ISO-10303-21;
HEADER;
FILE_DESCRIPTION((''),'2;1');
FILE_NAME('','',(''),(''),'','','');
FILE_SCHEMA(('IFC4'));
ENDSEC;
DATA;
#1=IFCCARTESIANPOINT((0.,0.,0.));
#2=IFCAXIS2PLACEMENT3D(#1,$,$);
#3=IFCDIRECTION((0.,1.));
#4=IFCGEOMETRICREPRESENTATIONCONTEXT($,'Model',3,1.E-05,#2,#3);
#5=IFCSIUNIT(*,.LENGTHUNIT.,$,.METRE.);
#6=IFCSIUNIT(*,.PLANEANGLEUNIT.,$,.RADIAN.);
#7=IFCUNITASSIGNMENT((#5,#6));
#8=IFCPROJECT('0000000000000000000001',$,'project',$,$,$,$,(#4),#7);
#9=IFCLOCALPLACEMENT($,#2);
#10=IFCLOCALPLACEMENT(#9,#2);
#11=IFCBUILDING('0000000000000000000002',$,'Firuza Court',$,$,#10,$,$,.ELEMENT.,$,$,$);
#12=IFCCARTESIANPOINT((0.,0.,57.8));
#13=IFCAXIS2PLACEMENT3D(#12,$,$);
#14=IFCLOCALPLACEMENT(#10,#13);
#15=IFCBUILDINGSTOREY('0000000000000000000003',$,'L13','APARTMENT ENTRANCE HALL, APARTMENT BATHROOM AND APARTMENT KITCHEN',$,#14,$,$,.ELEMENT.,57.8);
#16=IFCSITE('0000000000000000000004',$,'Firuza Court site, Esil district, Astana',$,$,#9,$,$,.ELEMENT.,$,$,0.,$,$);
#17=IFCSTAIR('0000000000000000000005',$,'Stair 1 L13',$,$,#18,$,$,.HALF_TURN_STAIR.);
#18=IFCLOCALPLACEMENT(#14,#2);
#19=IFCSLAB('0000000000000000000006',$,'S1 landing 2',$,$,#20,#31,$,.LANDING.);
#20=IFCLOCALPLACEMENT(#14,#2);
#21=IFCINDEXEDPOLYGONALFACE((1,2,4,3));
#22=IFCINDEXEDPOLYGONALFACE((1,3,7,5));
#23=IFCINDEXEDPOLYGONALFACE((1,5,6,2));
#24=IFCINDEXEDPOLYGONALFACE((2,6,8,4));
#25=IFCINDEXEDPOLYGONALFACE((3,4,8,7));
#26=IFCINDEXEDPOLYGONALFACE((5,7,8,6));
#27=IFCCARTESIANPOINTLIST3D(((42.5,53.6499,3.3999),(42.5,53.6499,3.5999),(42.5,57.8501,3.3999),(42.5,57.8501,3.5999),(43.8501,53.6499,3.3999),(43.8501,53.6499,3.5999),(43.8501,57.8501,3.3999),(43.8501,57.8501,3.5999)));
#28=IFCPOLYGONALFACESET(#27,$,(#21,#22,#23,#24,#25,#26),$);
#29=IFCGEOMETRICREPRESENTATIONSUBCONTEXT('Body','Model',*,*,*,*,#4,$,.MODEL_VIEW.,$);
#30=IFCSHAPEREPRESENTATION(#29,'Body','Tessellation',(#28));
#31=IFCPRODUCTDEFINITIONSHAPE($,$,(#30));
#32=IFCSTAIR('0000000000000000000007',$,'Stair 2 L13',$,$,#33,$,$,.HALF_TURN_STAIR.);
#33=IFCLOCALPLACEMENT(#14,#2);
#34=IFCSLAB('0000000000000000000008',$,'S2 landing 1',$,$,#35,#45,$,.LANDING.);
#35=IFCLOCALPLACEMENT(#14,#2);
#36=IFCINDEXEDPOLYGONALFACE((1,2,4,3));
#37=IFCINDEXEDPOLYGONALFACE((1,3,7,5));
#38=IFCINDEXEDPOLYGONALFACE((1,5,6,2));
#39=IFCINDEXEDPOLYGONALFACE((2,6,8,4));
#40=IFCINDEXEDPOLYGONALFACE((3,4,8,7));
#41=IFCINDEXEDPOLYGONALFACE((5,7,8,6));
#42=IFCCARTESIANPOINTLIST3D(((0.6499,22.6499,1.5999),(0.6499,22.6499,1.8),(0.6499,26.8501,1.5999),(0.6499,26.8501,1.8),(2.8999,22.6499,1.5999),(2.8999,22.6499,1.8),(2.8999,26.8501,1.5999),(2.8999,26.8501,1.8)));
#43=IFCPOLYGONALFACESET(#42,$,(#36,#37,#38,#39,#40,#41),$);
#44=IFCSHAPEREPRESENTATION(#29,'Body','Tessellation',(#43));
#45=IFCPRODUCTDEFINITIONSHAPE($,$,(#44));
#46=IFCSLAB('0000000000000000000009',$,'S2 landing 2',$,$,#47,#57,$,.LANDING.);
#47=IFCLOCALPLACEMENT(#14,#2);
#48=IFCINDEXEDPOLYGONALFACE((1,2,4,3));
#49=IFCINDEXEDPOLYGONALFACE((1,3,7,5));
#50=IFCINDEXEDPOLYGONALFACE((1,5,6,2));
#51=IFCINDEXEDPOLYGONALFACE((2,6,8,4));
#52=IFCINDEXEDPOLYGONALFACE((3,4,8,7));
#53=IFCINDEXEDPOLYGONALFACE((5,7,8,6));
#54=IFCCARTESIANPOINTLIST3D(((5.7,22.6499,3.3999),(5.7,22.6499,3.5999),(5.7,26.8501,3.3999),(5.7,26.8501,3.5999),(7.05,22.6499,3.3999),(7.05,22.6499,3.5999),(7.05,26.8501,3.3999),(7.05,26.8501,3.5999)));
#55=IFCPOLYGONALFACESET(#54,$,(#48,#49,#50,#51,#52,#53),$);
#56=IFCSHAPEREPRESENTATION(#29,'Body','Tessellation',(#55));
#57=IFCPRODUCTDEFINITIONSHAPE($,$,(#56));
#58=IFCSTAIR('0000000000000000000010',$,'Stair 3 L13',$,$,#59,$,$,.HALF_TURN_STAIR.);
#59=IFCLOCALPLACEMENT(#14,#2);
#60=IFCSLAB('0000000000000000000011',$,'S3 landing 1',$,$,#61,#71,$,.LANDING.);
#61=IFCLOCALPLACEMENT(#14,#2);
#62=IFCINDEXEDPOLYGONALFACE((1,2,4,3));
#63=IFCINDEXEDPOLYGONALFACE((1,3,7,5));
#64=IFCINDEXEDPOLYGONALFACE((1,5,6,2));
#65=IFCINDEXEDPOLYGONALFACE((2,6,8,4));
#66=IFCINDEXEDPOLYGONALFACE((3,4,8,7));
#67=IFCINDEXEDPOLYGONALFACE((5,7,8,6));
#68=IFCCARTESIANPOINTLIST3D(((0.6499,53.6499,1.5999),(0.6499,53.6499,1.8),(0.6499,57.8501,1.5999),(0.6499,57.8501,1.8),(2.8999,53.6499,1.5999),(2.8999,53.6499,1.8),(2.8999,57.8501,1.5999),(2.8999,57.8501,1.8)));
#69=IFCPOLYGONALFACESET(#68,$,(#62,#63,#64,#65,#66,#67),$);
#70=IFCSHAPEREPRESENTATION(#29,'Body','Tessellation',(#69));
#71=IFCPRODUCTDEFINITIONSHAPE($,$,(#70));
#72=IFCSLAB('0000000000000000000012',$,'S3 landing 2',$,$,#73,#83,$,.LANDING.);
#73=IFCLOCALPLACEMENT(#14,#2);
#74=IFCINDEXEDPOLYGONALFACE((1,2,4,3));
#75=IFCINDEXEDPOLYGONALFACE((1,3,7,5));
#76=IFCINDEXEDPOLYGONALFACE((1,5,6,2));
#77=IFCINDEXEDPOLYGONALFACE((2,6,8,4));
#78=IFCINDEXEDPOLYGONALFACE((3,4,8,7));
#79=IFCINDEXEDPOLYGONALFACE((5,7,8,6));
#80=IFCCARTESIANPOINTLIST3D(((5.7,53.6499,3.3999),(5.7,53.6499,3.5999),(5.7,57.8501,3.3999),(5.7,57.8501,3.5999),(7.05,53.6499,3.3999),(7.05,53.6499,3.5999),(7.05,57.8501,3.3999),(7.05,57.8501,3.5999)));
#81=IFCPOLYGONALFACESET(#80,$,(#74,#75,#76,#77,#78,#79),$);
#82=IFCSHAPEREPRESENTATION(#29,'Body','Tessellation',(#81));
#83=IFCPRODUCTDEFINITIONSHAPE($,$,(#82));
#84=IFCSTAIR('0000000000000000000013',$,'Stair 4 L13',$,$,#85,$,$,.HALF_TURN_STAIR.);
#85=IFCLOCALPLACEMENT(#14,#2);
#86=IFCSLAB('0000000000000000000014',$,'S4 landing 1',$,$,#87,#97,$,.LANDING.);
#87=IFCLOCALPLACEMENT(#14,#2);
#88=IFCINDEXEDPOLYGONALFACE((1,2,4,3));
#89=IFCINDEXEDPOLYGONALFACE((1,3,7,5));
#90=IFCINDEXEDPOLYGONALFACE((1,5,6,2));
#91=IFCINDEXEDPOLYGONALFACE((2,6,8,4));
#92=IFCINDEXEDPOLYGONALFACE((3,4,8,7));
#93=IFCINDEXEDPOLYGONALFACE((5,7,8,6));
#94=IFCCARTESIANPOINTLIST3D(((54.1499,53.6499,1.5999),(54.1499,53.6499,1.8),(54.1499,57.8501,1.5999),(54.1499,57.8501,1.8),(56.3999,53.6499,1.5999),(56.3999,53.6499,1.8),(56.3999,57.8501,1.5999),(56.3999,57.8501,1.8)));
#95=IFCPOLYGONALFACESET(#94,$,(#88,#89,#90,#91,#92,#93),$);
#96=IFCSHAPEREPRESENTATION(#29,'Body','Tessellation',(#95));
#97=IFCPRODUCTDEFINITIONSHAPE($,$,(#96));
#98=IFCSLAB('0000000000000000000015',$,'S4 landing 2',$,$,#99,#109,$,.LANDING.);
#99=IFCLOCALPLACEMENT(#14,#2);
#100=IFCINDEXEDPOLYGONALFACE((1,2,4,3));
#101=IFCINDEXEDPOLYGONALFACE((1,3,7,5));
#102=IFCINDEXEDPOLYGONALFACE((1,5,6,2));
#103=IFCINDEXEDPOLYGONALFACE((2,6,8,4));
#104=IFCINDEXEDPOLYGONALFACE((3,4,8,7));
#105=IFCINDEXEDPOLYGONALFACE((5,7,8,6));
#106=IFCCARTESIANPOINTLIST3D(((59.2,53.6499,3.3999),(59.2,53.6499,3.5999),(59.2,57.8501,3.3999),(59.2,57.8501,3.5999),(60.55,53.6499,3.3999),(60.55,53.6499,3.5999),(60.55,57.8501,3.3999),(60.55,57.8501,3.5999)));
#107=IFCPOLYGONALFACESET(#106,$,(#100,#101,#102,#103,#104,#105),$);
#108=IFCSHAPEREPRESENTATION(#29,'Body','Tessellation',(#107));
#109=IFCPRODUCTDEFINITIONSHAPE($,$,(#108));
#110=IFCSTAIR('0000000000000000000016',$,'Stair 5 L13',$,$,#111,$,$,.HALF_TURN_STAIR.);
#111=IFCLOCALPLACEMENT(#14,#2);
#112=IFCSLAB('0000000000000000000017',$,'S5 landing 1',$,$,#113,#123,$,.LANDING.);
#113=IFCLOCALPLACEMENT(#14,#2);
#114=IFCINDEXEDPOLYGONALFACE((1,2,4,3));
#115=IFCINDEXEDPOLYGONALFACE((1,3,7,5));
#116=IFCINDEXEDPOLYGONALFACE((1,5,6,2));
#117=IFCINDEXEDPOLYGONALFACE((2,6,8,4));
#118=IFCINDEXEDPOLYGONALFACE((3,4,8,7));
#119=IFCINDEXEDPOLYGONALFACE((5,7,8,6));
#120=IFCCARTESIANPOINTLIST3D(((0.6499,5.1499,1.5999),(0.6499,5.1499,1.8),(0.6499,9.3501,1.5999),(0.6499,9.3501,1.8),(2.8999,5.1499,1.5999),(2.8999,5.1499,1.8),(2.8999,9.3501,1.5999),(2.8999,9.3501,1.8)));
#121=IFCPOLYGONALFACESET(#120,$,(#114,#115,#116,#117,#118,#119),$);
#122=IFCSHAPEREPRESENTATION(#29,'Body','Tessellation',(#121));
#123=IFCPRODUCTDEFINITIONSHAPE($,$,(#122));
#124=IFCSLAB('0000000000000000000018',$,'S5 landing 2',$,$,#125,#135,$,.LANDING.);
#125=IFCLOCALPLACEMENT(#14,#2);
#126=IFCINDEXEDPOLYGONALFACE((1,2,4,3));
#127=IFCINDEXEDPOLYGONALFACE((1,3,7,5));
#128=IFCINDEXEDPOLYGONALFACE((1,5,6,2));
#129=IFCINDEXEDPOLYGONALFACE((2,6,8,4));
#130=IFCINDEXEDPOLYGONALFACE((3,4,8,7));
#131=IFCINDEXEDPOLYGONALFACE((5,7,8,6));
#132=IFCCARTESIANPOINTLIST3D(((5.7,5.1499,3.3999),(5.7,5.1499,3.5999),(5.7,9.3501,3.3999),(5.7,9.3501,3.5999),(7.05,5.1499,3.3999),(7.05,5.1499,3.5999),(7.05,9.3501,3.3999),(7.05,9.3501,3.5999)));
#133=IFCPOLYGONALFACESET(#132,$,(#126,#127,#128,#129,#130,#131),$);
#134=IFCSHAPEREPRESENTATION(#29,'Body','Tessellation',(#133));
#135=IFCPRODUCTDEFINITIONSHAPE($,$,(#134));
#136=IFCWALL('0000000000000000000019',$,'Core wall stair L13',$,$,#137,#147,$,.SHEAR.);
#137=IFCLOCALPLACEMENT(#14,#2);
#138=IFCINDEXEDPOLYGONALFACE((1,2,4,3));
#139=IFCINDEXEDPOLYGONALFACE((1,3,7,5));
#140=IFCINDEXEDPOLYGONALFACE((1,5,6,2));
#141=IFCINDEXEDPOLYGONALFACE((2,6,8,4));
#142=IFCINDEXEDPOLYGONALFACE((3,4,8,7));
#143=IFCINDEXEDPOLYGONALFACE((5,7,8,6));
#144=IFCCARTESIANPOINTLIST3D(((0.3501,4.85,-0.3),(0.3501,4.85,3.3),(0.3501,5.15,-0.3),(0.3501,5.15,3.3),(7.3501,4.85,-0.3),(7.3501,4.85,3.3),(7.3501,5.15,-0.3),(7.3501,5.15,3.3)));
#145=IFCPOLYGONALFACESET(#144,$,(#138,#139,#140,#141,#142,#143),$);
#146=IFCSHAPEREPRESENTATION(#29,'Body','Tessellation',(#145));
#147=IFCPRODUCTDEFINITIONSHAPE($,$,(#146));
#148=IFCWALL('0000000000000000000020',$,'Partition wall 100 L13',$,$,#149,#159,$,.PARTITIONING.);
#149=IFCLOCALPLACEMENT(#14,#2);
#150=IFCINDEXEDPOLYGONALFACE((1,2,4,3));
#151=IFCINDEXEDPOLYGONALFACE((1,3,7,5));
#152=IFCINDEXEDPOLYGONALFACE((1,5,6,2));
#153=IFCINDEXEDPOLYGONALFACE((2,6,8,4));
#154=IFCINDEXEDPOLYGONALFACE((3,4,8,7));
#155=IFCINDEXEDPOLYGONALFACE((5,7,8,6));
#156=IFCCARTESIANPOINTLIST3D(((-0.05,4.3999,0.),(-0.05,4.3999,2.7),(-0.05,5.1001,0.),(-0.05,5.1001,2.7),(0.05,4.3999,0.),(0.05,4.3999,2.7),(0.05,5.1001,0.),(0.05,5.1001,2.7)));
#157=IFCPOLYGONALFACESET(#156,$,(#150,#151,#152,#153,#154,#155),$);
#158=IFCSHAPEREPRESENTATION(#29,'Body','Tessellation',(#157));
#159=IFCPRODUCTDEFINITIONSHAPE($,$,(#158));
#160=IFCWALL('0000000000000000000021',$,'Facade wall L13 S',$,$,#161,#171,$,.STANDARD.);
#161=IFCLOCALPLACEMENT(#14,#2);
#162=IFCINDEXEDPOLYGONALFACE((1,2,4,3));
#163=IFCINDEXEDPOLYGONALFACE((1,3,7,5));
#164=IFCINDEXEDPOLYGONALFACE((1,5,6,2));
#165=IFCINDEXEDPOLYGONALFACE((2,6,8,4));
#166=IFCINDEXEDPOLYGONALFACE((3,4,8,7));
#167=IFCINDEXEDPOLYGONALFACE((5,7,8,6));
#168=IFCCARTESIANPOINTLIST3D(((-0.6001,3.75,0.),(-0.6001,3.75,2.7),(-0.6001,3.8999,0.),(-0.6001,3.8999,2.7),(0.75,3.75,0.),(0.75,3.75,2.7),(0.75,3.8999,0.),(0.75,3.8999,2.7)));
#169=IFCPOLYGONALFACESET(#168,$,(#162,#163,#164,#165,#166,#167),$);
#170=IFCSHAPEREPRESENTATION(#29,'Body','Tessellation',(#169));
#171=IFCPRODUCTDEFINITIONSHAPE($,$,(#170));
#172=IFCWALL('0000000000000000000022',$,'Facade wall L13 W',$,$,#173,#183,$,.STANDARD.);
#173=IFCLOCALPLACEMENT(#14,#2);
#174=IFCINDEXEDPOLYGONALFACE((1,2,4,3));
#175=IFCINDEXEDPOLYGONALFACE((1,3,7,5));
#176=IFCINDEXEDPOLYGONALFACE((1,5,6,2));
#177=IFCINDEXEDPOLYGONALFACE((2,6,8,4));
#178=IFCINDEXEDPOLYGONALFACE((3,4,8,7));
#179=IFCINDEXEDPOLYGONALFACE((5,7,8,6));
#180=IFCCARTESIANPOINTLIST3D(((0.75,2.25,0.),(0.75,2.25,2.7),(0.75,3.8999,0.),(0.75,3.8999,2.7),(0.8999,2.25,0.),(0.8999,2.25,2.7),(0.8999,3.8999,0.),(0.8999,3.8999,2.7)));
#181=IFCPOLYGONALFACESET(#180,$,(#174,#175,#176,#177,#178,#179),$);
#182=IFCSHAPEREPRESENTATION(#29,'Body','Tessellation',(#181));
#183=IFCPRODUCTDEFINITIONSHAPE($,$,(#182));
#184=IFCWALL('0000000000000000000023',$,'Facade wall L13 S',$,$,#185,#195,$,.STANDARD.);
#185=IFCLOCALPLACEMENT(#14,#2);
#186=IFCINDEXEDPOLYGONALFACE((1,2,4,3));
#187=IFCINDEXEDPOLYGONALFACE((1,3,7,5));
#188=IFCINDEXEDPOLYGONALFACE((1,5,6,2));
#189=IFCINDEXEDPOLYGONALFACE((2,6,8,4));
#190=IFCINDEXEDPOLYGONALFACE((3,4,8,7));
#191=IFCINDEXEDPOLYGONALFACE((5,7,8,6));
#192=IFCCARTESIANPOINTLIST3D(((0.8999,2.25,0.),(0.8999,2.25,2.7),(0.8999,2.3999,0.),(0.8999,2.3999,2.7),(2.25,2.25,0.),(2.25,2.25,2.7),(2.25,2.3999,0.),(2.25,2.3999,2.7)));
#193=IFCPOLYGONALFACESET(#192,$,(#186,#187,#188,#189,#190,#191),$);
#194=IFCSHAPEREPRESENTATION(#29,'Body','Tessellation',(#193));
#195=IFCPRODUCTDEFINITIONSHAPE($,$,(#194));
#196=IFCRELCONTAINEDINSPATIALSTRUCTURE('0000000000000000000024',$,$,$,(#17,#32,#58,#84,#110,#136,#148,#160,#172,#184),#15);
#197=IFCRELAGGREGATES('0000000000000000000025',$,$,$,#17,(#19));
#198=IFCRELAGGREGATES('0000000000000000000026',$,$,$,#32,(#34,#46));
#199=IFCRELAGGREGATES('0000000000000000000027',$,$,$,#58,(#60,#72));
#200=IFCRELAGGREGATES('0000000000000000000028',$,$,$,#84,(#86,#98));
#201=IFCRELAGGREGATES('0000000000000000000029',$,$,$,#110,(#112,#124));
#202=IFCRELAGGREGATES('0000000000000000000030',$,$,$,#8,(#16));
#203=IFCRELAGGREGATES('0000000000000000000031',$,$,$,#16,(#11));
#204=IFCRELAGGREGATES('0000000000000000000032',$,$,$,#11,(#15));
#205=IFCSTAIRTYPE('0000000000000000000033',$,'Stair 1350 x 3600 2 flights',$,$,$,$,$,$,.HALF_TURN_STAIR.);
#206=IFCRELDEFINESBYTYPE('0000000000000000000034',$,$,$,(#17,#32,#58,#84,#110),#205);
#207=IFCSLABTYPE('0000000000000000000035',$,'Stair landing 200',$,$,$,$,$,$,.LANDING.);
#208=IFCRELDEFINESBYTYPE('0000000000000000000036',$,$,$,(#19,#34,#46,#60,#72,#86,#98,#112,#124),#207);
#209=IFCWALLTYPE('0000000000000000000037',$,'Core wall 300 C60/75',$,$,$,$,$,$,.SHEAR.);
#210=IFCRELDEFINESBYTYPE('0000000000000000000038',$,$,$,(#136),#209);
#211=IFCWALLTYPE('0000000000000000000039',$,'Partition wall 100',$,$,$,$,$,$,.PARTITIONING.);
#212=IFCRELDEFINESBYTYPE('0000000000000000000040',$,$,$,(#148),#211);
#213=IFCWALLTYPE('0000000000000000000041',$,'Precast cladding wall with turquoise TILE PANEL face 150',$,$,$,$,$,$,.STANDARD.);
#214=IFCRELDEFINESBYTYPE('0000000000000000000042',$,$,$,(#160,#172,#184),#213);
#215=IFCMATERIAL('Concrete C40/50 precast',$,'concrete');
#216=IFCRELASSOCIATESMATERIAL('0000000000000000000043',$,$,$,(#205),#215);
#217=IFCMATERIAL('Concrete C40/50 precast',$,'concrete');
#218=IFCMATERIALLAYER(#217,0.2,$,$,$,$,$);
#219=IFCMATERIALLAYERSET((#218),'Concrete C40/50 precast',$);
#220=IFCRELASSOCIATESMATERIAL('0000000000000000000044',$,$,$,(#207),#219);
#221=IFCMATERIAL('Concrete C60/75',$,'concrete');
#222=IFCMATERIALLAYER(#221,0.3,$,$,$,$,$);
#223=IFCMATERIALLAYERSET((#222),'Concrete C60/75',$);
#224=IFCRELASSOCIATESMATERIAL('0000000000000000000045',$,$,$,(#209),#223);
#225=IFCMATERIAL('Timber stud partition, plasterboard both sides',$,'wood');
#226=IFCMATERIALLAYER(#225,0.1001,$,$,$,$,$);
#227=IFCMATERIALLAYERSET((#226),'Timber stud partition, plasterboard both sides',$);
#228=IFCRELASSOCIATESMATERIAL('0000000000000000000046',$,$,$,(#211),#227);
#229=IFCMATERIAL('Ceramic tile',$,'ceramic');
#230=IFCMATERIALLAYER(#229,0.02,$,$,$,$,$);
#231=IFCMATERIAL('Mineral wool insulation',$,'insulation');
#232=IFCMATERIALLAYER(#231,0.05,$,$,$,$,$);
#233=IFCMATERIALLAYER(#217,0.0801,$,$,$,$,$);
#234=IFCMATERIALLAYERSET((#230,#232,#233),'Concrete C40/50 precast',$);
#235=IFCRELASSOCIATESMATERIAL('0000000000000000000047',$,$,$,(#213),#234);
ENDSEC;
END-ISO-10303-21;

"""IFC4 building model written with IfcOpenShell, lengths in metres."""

from ifc_helpers import new_model, si_unit, direction, frame, frame_2d, origin, place, context, subcontext, project, spatial, polyline, rectangle, outline, extrude, material, layer, layer_set, type_object, element, aggregate, save


model = new_model("IFC4")

# Units and contexts
model_context = context("Model", 3, precision=1e-05, world=origin(), true_north=direction((0.0, 1.0)))
body_context = subcontext(model_context, "Body", "Model", "MODEL_VIEW")
ifc_project = project(units=[si_unit("LENGTHUNIT", "METRE"), si_unit("PLANEANGLEUNIT", "RADIAN")], contexts=[model_context])

# Site, building, storey
site_placement = place(None, origin())
site = spatial("IfcSite", under=ifc_project, at=site_placement, Name="Firuza Court site, Esil district, Astana", CompositionType="ELEMENT", RefElevation=0.0)
building_placement = place(site_placement, origin())
building = spatial("IfcBuilding", under=site, at=building_placement, Name="Firuza Court", CompositionType="ELEMENT")
storey_placement = place(building_placement, frame((0.0, 0.0, 57.8)))
storey = spatial("IfcBuildingStorey", under=building, at=storey_placement, Name="L13", Description="APARTMENT ENTRANCE HALL, APARTMENT BATHROOM AND APARTMENT KITCHEN", CompositionType="ELEMENT", Elevation=57.8)

# Stairs, slabs
ifc_material_1 = material(Name="Concrete C40/50 precast", Category="concrete")
stair_type = type_object("IfcStairType", Name="Stair 1350 x 3600 2 flights", PredefinedType="HALF_TURN_STAIR", material=ifc_material_1)
stair_1_placement = place(storey_placement, origin())
stair_1 = element("IfcStair", 1, at=stair_1_placement, inside=storey, type_object=stair_type, Name="Stair 1 L13", PredefinedType="HALF_TURN_STAIR")
ifc_material_2 = material(Name="Concrete C40/50 precast", Category="concrete")
ifc_layer_1 = layer(ifc_material_2, 0.2)
ifc_layer_set_1 = layer_set([ifc_layer_1], Name="Concrete C40/50 precast")
slab_type_1 = type_object("IfcSlabType", Name="Stair landing 200", PredefinedType="LANDING", material=ifc_layer_set_1)
slab_1_placement = place(storey_placement, frame((0.0, 0.0, 3.3999)))
slab_1 = element("IfcSlab", 2, at=slab_1_placement, type_object=slab_type_1, Name="S1 landing 2", PredefinedType="LANDING", context=body_context, shape_type="SweptSolid", body=[
    extrude(outline(polyline([(43.8501, 53.6499), (43.8501, 57.8501), (42.5, 57.8501), (42.5, 53.6499), (43.8501, 53.6499)])), origin(), (0.0, 0.0, 1.0), 0.2),
])
aggregate(stair_1, [slab_1])
stair_2_placement = place(storey_placement, origin())
stair_2 = element("IfcStair", 3, at=stair_2_placement, inside=storey, type_object=stair_type, Name="Stair 2 L13", PredefinedType="HALF_TURN_STAIR")
slab_2_placement = place(storey_placement, frame((0.0, 0.0, 1.5999)))
slab_2 = element("IfcSlab", 4, at=slab_2_placement, type_object=slab_type_1, Name="S2 landing 1", PredefinedType="LANDING", context=body_context, shape_type="SweptSolid", body=[
    extrude(outline(polyline([(2.8999, 22.6499), (2.8999, 26.8501), (0.6499, 26.8501), (0.6499, 22.6499), (2.8999, 22.6499)])), origin(), (0.0, 0.0, 1.0), 0.2002),
])
slab_3_placement = place(storey_placement, frame((0.0, 0.0, 3.3999)))
slab_3 = element("IfcSlab", 5, at=slab_3_placement, type_object=slab_type_1, Name="S2 landing 2", PredefinedType="LANDING", context=body_context, shape_type="SweptSolid", body=[
    extrude(outline(polyline([(7.05, 22.6499), (7.05, 26.8501), (5.7, 26.8501), (5.7, 22.6499), (7.05, 22.6499)])), origin(), (0.0, 0.0, 1.0), 0.2),
])
aggregate(stair_2, [slab_2, slab_3])
stair_3_placement = place(storey_placement, origin())
stair_3 = element("IfcStair", 6, at=stair_3_placement, inside=storey, type_object=stair_type, Name="Stair 3 L13", PredefinedType="HALF_TURN_STAIR")
slab_4_placement = place(storey_placement, frame((0.0, 0.0, 1.5999)))
slab_4 = element("IfcSlab", 7, at=slab_4_placement, type_object=slab_type_1, Name="S3 landing 1", PredefinedType="LANDING", context=body_context, shape_type="SweptSolid", body=[
    extrude(outline(polyline([(2.8999, 53.6499), (2.8999, 57.8501), (0.6499, 57.8501), (0.6499, 53.6499), (2.8999, 53.6499)])), origin(), (0.0, 0.0, 1.0), 0.2002),
])
slab_5_placement = place(storey_placement, frame((0.0, 0.0, 3.3999)))
slab_5 = element("IfcSlab", 8, at=slab_5_placement, type_object=slab_type_1, Name="S3 landing 2", PredefinedType="LANDING", context=body_context, shape_type="SweptSolid", body=[
    extrude(outline(polyline([(7.05, 53.6499), (7.05, 57.8501), (5.7, 57.8501), (5.7, 53.6499), (7.05, 53.6499)])), origin(), (0.0, 0.0, 1.0), 0.2),
])
aggregate(stair_3, [slab_4, slab_5])
stair_4_placement = place(storey_placement, origin())
stair_4 = element("IfcStair", 9, at=stair_4_placement, inside=storey, type_object=stair_type, Name="Stair 4 L13", PredefinedType="HALF_TURN_STAIR")
slab_6_placement = place(storey_placement, frame((0.0, 0.0, 1.5999)))
slab_6 = element("IfcSlab", 10, at=slab_6_placement, type_object=slab_type_1, Name="S4 landing 1", PredefinedType="LANDING", context=body_context, shape_type="SweptSolid", body=[
    extrude(outline(polyline([(56.3999, 53.6499), (56.3999, 57.8501), (54.1499, 57.8501), (54.1499, 53.6499), (56.3999, 53.6499)])), origin(), (0.0, 0.0, 1.0), 0.2002),
])
slab_7_placement = place(storey_placement, frame((0.0, 0.0, 3.3999)))
slab_7 = element("IfcSlab", 11, at=slab_7_placement, type_object=slab_type_1, Name="S4 landing 2", PredefinedType="LANDING", context=body_context, shape_type="SweptSolid", body=[
    extrude(outline(polyline([(60.55, 53.6499), (60.55, 57.8501), (59.2, 57.8501), (59.2, 53.6499), (60.55, 53.6499)])), origin(), (0.0, 0.0, 1.0), 0.2),
])
aggregate(stair_4, [slab_6, slab_7])
stair_5_placement = place(storey_placement, origin())
stair_5 = element("IfcStair", 12, at=stair_5_placement, inside=storey, type_object=stair_type, Name="Stair 5 L13", PredefinedType="HALF_TURN_STAIR")
slab_8_placement = place(storey_placement, frame((0.0, 0.0, 1.5999)))
slab_8 = element("IfcSlab", 13, at=slab_8_placement, type_object=slab_type_1, Name="S5 landing 1", PredefinedType="LANDING", context=body_context, shape_type="SweptSolid", body=[
    extrude(outline(polyline([(2.8999, 5.1499), (2.8999, 9.3501), (0.6499, 9.3501), (0.6499, 5.1499), (2.8999, 5.1499)])), origin(), (0.0, 0.0, 1.0), 0.2002),
])
slab_9_placement = place(storey_placement, frame((0.0, 0.0, 3.3999)))
slab_9 = element("IfcSlab", 14, at=slab_9_placement, type_object=slab_type_1, Name="S5 landing 2", PredefinedType="LANDING", context=body_context, shape_type="SweptSolid", body=[
    extrude(outline(polyline([(7.05, 5.1499), (7.05, 9.3501), (5.7, 9.3501), (5.7, 5.1499), (7.05, 5.1499)])), origin(), (0.0, 0.0, 1.0), 0.2),
])
aggregate(stair_5, [slab_8, slab_9])

# Walls
ifc_material_3 = material(Name="Concrete C60/75", Category="concrete")
ifc_layer_2 = layer(ifc_material_3, 0.3)
ifc_layer_set_2 = layer_set([ifc_layer_2], Name="Concrete C60/75")
wall_type_1 = type_object("IfcWallType", Name="Core wall 300 C60/75", PredefinedType="SHEAR", material=ifc_layer_set_2)
wall_1_placement = place(storey_placement, frame((0.3501, 5.0, -0.3), z_axis=(0.0, 0.0, 1.0), x_axis=(1.0, 0.0, 0.0)))
element("IfcWall", 15, at=wall_1_placement, inside=storey, type_object=wall_type_1, Name="Core wall stair L13", PredefinedType="SHEAR", context=body_context, shape_type="SweptSolid", body=[
    extrude(rectangle(XDim=7.0, YDim=0.3, at=frame_2d((3.5, 0.0))), origin(), (0.0, 0.0, 1.0), 3.6001),
])
ifc_material_4 = material(Name="Timber stud partition, plasterboard both sides", Category="wood")
ifc_layer_3 = layer(ifc_material_4, 0.1001)
ifc_layer_set_3 = layer_set([ifc_layer_3], Name="Timber stud partition, plasterboard both sides")
wall_type_2 = type_object("IfcWallType", Name="Partition wall 100", PredefinedType="PARTITIONING", material=ifc_layer_set_3)
wall_2_placement = place(storey_placement, frame((0.0, 4.3999, 0.0), z_axis=(0.0, 0.0, 1.0), x_axis=(0.0, 1.0, 0.0)))
element("IfcWall", 16, at=wall_2_placement, inside=storey, type_object=wall_type_2, Name="Partition wall 100 L13", PredefinedType="PARTITIONING", context=body_context, shape_type="SweptSolid", body=[
    extrude(rectangle(XDim=0.7002, YDim=0.1001, at=frame_2d((0.3501, 0.0))), origin(), (0.0, 0.0, 1.0), 2.7),
])
ifc_material_5 = material(Name="Ceramic tile", Category="ceramic")
ifc_layer_4 = layer(ifc_material_5, 0.02)
ifc_material_6 = material(Name="Mineral wool insulation", Category="insulation")
ifc_layer_5 = layer(ifc_material_6, 0.05)
ifc_layer_6 = layer(ifc_material_2, 0.0801)
ifc_layer_set_4 = layer_set([ifc_layer_4, ifc_layer_5, ifc_layer_6], Name="Concrete C40/50 precast")
wall_type_3 = type_object("IfcWallType", Name="Precast cladding wall with turquoise TILE PANEL face 150", PredefinedType="STANDARD", material=ifc_layer_set_4)
wall_3_placement = place(storey_placement, frame((-0.6001, 3.825, 0.0), z_axis=(0.0, 0.0, 1.0), x_axis=(1.0, 0.0, 0.0)))
element("IfcWall", 17, at=wall_3_placement, inside=storey, type_object=wall_type_3, Name="Facade wall L13 S", PredefinedType="STANDARD", context=body_context, shape_type="SweptSolid", body=[
    extrude(rectangle(XDim=1.3501, YDim=0.1499, at=frame_2d((0.675, 0.0))), origin(), (0.0, 0.0, 1.0), 2.7),
])
wall_4_placement = place(storey_placement, frame((0.825, 3.8999, 0.0), z_axis=(0.0, 0.0, 1.0), x_axis=(0.0, -1.0, 0.0)))
element("IfcWall", 18, at=wall_4_placement, inside=storey, type_object=wall_type_3, Name="Facade wall L13 W", PredefinedType="STANDARD", context=body_context, shape_type="SweptSolid", body=[
    extrude(rectangle(XDim=1.6499, YDim=0.1499, at=frame_2d((0.825, 0.0))), origin(), (0.0, 0.0, 1.0), 2.7),
])
wall_5_placement = place(storey_placement, frame((0.8999, 2.325, 0.0), z_axis=(0.0, 0.0, 1.0), x_axis=(1.0, 0.0, 0.0)))
element("IfcWall", 19, at=wall_5_placement, inside=storey, type_object=wall_type_3, Name="Facade wall L13 S", PredefinedType="STANDARD", context=body_context, shape_type="SweptSolid", body=[
    extrude(rectangle(XDim=1.3501, YDim=0.1499, at=frame_2d((0.675, 0.0))), origin(), (0.0, 0.0, 1.0), 2.7),
])

save(model, "model.ifc")
